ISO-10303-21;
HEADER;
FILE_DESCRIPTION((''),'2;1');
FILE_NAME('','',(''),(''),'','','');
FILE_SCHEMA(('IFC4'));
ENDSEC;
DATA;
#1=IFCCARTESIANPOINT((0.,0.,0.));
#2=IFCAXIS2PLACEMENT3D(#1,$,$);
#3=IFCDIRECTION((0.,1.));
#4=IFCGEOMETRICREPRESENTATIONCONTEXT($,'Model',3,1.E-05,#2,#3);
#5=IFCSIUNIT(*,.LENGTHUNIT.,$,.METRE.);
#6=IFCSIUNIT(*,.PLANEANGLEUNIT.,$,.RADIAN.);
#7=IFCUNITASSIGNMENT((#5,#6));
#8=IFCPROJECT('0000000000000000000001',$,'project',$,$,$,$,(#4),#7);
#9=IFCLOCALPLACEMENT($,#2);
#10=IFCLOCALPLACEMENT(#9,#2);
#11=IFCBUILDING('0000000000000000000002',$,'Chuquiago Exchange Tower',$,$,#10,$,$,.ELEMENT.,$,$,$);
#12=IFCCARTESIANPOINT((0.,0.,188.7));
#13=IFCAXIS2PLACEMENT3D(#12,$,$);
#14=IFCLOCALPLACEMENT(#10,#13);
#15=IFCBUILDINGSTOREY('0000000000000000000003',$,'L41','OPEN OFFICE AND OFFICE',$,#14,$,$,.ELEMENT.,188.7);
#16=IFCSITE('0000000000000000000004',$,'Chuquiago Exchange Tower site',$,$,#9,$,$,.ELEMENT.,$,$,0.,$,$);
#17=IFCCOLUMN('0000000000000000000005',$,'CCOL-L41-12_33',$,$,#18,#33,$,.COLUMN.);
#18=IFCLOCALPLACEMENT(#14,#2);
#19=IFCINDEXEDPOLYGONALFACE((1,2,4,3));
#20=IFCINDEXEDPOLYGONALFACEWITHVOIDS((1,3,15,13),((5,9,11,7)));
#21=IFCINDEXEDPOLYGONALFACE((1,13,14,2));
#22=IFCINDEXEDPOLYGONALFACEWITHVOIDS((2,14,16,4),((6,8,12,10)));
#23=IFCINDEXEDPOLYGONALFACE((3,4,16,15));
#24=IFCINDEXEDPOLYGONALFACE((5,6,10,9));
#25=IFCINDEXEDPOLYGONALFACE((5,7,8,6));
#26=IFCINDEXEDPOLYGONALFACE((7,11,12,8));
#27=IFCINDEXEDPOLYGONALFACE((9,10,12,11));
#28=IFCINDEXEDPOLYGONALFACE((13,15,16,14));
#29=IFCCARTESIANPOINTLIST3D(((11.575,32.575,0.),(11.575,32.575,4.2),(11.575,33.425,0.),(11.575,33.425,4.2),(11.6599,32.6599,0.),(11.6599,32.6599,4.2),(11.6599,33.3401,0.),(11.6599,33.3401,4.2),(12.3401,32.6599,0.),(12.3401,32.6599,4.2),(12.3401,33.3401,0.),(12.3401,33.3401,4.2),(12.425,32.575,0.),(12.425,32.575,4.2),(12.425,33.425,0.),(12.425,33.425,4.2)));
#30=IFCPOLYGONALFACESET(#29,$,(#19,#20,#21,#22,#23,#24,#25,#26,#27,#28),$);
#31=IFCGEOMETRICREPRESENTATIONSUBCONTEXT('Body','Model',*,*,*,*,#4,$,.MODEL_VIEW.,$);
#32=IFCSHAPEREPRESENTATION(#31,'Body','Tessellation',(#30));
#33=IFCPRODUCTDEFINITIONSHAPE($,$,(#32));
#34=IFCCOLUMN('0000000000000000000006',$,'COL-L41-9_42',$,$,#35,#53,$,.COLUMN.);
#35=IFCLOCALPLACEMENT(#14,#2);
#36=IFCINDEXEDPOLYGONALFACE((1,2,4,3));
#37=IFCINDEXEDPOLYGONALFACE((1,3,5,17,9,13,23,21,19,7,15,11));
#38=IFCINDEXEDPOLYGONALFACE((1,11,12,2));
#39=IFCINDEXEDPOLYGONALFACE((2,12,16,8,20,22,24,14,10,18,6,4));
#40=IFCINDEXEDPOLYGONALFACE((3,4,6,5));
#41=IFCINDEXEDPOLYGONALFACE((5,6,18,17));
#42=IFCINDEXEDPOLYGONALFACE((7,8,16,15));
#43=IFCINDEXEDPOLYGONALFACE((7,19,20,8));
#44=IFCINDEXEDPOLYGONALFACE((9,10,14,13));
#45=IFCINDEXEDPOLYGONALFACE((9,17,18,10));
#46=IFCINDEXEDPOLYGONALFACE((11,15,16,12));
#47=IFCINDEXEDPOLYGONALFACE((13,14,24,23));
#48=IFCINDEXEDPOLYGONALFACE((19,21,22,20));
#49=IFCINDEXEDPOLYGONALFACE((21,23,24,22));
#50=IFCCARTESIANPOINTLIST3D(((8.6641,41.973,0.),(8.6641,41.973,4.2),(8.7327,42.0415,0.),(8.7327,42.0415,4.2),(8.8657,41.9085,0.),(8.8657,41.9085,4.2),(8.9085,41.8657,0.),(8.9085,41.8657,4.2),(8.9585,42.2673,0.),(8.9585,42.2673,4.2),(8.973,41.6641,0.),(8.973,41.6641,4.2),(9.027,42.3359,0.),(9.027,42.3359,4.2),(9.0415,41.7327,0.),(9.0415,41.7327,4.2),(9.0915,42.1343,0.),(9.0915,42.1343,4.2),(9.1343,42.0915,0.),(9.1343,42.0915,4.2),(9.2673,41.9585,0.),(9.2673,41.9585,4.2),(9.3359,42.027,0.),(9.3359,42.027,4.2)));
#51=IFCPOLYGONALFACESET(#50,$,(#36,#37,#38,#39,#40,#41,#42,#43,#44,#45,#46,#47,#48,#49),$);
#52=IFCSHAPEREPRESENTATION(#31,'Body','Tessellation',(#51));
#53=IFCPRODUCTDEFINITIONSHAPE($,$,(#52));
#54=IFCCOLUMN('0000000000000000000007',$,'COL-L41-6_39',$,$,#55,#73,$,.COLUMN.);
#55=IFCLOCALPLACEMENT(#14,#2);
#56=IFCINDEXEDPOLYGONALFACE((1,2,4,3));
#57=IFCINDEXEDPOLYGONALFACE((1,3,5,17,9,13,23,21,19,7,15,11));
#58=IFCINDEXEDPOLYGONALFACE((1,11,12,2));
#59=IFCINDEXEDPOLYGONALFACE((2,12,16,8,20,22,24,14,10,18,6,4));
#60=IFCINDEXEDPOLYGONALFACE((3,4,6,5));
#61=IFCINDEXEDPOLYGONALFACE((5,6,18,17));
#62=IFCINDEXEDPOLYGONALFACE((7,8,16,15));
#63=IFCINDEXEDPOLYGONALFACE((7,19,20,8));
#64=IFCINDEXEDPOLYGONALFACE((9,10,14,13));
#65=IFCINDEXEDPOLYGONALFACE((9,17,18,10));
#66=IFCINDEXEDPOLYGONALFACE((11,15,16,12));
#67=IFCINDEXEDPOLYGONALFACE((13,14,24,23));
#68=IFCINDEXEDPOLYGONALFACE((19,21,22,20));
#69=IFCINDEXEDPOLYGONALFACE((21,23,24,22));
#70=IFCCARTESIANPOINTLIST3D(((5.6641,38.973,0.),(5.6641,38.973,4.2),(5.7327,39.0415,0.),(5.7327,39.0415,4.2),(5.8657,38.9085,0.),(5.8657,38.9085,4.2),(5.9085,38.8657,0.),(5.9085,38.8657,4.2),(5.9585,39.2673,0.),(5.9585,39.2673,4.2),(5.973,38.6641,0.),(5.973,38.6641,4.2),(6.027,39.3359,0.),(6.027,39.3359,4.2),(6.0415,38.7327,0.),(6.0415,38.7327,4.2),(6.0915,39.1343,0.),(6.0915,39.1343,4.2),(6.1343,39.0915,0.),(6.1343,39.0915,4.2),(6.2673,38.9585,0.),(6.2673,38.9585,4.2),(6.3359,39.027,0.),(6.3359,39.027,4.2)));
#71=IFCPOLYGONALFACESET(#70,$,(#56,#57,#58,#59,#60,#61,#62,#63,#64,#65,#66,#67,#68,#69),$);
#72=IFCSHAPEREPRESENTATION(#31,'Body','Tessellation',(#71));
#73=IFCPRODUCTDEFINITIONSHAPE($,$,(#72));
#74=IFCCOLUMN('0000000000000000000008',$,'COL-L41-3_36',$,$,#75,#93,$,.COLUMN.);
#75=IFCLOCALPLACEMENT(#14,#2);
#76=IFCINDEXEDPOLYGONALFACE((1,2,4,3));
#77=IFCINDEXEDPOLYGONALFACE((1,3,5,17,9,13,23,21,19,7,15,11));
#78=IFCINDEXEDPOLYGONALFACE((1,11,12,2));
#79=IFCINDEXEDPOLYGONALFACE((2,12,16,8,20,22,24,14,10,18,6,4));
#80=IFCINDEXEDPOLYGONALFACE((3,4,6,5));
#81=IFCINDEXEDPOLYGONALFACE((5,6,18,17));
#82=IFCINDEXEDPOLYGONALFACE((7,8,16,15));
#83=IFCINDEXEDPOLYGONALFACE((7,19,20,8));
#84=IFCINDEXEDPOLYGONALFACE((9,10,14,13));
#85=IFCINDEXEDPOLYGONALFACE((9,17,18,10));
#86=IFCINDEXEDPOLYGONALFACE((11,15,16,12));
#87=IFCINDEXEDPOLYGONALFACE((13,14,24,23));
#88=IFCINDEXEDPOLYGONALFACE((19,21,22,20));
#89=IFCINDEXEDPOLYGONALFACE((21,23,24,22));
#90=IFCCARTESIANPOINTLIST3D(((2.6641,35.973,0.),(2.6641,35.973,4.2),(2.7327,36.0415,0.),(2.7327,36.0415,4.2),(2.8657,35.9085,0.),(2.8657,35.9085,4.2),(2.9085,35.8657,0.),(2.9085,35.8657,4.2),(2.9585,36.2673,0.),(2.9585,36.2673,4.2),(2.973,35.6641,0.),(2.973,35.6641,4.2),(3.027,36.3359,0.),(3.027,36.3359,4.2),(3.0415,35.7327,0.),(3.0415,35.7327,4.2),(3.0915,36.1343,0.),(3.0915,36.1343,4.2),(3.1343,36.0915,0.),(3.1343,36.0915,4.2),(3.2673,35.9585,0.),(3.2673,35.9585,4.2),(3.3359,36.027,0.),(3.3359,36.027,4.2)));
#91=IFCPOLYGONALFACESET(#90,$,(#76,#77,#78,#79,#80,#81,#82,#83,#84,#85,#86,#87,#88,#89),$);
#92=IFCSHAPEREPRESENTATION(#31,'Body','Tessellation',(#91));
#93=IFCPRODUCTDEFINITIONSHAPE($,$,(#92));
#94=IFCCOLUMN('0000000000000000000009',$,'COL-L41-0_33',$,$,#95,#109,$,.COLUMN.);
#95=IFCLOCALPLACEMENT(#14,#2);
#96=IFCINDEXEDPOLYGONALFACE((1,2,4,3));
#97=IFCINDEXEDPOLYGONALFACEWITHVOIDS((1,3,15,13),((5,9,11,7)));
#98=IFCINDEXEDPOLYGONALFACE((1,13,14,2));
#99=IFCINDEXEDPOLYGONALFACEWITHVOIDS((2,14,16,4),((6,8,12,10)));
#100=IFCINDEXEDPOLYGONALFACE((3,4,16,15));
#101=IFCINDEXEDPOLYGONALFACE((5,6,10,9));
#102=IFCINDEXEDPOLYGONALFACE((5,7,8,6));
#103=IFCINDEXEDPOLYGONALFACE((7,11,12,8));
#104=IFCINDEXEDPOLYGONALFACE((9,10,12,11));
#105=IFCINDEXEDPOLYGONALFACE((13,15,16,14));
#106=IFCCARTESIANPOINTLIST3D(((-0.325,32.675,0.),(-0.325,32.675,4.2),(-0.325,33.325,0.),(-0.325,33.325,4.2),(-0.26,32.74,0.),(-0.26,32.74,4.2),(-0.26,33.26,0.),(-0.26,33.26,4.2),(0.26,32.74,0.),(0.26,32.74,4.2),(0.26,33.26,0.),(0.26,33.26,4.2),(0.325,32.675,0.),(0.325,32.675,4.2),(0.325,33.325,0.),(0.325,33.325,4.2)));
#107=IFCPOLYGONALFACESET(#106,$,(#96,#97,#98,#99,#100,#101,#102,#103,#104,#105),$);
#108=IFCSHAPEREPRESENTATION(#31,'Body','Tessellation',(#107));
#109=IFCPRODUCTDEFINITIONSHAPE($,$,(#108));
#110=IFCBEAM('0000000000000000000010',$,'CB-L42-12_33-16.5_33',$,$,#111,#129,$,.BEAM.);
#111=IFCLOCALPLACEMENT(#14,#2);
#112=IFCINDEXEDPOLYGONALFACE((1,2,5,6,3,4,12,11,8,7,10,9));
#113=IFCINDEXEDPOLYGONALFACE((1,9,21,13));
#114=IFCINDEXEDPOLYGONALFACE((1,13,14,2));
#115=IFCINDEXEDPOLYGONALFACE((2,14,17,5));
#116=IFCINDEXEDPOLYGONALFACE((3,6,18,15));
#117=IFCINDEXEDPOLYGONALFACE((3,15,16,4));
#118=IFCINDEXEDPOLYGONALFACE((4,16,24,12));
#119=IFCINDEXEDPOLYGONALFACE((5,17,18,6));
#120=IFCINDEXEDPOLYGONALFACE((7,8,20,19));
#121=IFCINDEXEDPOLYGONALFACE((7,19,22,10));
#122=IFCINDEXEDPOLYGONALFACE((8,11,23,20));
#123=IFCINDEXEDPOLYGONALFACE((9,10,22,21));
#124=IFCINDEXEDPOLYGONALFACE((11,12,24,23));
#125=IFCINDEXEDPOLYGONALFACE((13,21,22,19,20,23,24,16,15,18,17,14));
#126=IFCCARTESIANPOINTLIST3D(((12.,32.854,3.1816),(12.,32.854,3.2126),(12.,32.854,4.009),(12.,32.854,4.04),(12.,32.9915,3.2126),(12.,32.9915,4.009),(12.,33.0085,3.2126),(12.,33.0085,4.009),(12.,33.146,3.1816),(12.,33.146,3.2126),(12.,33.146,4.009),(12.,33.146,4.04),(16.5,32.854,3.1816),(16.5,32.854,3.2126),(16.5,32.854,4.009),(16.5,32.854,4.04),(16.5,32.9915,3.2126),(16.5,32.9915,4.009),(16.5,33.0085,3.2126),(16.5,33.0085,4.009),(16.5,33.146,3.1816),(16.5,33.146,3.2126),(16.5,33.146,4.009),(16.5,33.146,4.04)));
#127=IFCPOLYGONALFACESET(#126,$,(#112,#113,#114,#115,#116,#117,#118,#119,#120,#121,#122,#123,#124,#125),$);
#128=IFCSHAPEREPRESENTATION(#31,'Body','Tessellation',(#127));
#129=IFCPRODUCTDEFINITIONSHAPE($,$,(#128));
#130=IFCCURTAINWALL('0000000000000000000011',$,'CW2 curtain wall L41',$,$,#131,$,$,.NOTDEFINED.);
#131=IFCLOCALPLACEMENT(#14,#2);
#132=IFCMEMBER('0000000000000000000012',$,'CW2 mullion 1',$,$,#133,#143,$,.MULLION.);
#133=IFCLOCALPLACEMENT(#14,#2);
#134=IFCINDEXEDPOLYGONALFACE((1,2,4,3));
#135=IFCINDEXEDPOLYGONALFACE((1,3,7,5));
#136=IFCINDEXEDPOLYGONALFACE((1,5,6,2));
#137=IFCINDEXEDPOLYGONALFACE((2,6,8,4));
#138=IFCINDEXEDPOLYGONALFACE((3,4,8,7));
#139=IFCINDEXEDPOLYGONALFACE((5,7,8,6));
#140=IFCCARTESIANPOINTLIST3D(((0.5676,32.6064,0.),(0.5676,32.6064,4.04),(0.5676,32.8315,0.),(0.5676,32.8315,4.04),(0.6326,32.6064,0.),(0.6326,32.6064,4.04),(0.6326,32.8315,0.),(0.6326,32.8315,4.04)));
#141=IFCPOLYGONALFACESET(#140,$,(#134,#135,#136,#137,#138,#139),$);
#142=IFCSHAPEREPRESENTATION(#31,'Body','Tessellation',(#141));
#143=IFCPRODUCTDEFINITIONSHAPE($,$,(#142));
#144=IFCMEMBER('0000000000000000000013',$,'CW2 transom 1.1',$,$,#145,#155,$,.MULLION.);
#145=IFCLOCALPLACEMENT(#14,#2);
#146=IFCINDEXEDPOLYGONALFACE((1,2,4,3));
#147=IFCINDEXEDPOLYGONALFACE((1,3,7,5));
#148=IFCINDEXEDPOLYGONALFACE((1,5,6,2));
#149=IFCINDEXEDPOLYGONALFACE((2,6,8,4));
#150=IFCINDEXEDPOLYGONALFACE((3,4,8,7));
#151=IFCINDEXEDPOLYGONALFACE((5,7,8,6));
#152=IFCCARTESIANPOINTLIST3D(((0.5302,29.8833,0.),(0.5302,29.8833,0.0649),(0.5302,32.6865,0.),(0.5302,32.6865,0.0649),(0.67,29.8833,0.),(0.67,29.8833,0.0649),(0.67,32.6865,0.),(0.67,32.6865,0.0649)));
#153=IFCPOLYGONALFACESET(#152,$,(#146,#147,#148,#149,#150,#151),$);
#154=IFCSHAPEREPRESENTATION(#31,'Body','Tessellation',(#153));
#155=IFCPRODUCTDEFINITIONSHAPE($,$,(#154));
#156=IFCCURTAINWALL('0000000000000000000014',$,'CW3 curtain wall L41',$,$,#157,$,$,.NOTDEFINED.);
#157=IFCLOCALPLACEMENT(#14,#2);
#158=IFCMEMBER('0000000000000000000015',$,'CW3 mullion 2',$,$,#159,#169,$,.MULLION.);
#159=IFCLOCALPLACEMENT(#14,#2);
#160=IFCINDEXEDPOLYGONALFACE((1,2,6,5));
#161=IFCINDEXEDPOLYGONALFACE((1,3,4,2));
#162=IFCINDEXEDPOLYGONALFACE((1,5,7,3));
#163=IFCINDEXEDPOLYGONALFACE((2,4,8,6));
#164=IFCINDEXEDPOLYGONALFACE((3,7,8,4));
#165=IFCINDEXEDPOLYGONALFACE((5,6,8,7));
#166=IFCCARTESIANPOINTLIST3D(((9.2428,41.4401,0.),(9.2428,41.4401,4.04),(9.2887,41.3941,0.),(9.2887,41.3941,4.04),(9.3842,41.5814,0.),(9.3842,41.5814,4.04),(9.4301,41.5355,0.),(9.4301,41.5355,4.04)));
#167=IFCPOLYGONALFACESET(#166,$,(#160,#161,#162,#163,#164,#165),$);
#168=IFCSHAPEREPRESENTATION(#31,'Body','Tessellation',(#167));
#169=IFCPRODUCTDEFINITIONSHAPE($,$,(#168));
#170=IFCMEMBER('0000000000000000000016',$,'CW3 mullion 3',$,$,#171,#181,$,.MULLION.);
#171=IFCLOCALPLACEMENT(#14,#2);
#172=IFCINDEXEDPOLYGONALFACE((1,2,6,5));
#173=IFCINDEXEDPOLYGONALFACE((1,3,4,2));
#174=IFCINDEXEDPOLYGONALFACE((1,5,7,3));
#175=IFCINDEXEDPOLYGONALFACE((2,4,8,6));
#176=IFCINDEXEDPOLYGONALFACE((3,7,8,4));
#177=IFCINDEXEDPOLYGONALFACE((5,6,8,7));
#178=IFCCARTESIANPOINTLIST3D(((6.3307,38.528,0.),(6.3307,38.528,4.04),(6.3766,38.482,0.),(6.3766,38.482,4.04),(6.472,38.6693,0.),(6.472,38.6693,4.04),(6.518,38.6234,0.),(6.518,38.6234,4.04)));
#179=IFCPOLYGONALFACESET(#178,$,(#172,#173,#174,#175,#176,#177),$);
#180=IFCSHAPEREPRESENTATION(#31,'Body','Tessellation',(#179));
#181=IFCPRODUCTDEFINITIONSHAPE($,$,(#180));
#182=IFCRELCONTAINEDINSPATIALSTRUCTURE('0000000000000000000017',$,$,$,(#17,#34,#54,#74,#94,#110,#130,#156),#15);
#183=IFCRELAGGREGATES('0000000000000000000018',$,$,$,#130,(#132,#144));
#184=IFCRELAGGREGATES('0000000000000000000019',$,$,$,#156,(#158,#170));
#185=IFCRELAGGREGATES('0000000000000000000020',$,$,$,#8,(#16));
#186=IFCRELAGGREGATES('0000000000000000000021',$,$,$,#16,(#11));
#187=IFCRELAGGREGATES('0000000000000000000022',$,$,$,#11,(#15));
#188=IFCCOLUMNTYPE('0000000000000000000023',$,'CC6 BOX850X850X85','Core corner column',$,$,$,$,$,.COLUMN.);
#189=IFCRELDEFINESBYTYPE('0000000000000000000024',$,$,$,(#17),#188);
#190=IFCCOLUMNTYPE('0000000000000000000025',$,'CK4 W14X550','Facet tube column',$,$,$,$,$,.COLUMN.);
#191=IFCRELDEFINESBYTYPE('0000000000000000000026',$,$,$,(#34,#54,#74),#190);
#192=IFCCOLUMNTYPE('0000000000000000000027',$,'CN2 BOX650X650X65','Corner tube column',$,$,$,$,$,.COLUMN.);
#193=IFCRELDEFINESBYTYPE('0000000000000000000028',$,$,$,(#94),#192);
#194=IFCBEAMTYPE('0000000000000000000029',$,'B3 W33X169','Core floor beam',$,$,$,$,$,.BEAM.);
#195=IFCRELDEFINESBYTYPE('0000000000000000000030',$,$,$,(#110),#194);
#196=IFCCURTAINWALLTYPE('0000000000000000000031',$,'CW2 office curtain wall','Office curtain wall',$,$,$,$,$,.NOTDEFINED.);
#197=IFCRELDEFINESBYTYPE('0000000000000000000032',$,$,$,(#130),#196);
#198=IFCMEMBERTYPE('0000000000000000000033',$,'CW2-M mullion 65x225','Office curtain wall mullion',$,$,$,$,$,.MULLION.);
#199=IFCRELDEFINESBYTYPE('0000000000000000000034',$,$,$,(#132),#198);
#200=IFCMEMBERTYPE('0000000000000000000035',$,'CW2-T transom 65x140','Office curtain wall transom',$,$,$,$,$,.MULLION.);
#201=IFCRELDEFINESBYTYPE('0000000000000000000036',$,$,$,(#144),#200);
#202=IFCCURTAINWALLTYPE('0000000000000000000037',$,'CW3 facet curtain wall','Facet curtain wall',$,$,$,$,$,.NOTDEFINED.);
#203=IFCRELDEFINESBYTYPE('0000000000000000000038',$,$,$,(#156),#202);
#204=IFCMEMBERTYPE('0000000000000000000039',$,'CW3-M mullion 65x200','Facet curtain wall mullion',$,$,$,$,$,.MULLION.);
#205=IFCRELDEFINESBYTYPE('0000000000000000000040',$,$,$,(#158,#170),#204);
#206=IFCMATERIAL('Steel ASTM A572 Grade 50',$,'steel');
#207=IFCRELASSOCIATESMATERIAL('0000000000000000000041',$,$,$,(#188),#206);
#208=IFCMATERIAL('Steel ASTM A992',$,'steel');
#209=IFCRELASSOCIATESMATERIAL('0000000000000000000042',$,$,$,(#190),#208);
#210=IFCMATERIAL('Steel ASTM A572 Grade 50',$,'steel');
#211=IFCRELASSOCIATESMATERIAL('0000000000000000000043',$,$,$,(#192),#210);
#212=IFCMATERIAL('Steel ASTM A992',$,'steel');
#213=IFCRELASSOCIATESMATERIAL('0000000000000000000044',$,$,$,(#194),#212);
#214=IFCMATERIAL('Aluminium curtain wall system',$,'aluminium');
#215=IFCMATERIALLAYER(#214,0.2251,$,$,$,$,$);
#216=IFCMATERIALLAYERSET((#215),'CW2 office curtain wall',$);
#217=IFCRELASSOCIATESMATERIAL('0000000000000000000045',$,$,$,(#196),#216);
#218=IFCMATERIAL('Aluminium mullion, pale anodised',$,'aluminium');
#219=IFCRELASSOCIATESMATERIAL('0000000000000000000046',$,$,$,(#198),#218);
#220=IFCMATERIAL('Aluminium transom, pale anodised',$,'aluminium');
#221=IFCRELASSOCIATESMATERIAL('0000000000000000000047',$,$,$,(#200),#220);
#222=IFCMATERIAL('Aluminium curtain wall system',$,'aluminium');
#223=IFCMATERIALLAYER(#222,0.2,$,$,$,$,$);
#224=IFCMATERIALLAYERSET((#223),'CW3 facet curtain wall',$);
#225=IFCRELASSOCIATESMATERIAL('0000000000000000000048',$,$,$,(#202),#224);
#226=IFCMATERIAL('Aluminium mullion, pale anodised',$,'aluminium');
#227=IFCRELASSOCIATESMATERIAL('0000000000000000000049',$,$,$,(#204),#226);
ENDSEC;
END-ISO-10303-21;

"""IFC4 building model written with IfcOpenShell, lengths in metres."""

from ifc_helpers import new_model, si_unit, direction, frame, origin, origin_2d, place, context, subcontext, project, spatial, rectangle, hollow_rectangle, i_section, extrude, material, layer, layer_set, material_profile, profile_set, type_object, element, aggregate, save


model = new_model("IFC4")

# Units and contexts
model_context = context("Model", 3, precision=1e-05, world=origin(), true_north=direction((0.0, 1.0)))
body_context = subcontext(model_context, "Body", "Model", "MODEL_VIEW")
ifc_project = project(units=[si_unit("LENGTHUNIT", "METRE"), si_unit("PLANEANGLEUNIT", "RADIAN")], contexts=[model_context])

# Site, building, storey
site_placement = place(None, origin())
site = spatial("IfcSite", under=ifc_project, at=site_placement, Name="Chuquiago Exchange Tower site", CompositionType="ELEMENT", RefElevation=0.0)
building_placement = place(site_placement, origin())
building = spatial("IfcBuilding", under=site, at=building_placement, Name="Chuquiago Exchange Tower", CompositionType="ELEMENT")
storey_placement = place(building_placement, frame((0.0, 0.0, 188.7)))
storey = spatial("IfcBuildingStorey", under=building, at=storey_placement, Name="L41", Description="OPEN OFFICE AND OFFICE", CompositionType="ELEMENT", Elevation=188.7)

# Columns
ifc_material_1 = material(Name="Steel ASTM A572 Grade 50", Category="steel")
ifc_material_profile_1 = material_profile(ifc_material_1, hollow_rectangle(XDim=0.8501, YDim=0.8501, WallThickness=0.085, at=origin_2d()), Name="BOX850X850X85")
ifc_profile_set_1 = profile_set([ifc_material_profile_1], Name="Steel ASTM A572 Grade 50")
column_type_1 = type_object("IfcColumnType", Name="CC6 BOX850X850X85", Description="Core corner column", PredefinedType="COLUMN", material=ifc_profile_set_1)
column_1_placement = place(storey_placement, frame((12.0, 33.0, 0.0), z_axis=(0.0, 0.0, 1.0), x_axis=(1.0, 0.0, 0.0)))
element("IfcColumn", 1, at=column_1_placement, inside=storey, type_object=column_type_1, Name="CCOL-L41-12_33", PredefinedType="COLUMN", context=body_context, shape_type="SweptSolid", body=[
    extrude(hollow_rectangle(XDim=0.8501, YDim=0.8501, WallThickness=0.085, at=origin_2d()), origin(), (0.0, 0.0, 1.0), 4.2),
])
ifc_material_2 = material(Name="Steel ASTM A992", Category="steel")
ifc_material_profile_2 = material_profile(ifc_material_2, i_section(OverallWidth=0.4368, OverallDepth=0.5132, WebThickness=0.0605, FlangeThickness=0.0969, at=origin_2d()), Name="W14X550")
ifc_profile_set_2 = profile_set([ifc_material_profile_2], Name="Steel ASTM A992")
column_type_2 = type_object("IfcColumnType", Name="CK4 W14X550", Description="Facet tube column", PredefinedType="COLUMN", material=ifc_profile_set_2)
for number, where, z_axis, x_axis, name in (
    (2, (9.0, 42.0, 0.0), (0.0, 0.0, 1.0), (-0.707107, 0.707107, 0.0), "COL-L41-9_42"),
    (3, (6.0, 39.0, 0.0), (0.0, 0.0, 1.0), (-0.707107, 0.707107, 0.0), "COL-L41-6_39"),
    (4, (3.0, 36.0, 0.0), (0.0, 0.0, 1.0), (-0.707107, 0.707107, 0.0), "COL-L41-3_36"),
):
    element("IfcColumn", number, at=place(storey_placement, frame(where, z_axis=z_axis, x_axis=x_axis)), inside=storey, type_object=column_type_2, Name=name, PredefinedType="COLUMN", context=body_context, shape_type="SweptSolid", body=[
        extrude(i_section(OverallWidth=0.4368, OverallDepth=0.5132, WebThickness=0.0605, FlangeThickness=0.0969, at=origin_2d()), origin(), (0.0, 0.0, 1.0), 4.2),
    ])
ifc_material_3 = material(Name="Steel ASTM A572 Grade 50", Category="steel")
ifc_material_profile_3 = material_profile(ifc_material_3, hollow_rectangle(XDim=0.6499, YDim=0.6499, WallThickness=0.0649, at=origin_2d()), Name="BOX650X650X65")
ifc_profile_set_3 = profile_set([ifc_material_profile_3], Name="Steel ASTM A572 Grade 50")
column_type_3 = type_object("IfcColumnType", Name="CN2 BOX650X650X65", Description="Corner tube column", PredefinedType="COLUMN", material=ifc_profile_set_3)
column_2_placement = place(storey_placement, frame((0.0, 33.0, 0.0), z_axis=(0.0, 0.0, 1.0), x_axis=(-1.0, 0.0, 0.0)))
element("IfcColumn", 5, at=column_2_placement, inside=storey, type_object=column_type_3, Name="COL-L41-0_33", PredefinedType="COLUMN", context=body_context, shape_type="SweptSolid", body=[
    extrude(hollow_rectangle(XDim=0.6499, YDim=0.6499, WallThickness=0.0649, at=origin_2d()), origin(), (0.0, 0.0, 1.0), 4.2),
])

# Beam
ifc_material_4 = material(Name="Steel ASTM A992", Category="steel")
ifc_material_profile_4 = material_profile(ifc_material_4, i_section(OverallWidth=0.292, OverallDepth=0.8584, WebThickness=0.0171, FlangeThickness=0.031, at=origin_2d()), Name="W33X169")
ifc_profile_set_4 = profile_set([ifc_material_profile_4], Name="Steel ASTM A992")
beam_type_1 = type_object("IfcBeamType", Name="B3 W33X169", Description="Core floor beam", PredefinedType="BEAM", material=ifc_profile_set_4)
beam_1_placement = place(storey_placement, frame((12.0, 33.0, 3.6108), z_axis=(1.0, 0.0, 0.0), x_axis=(0.0, 1.0, 0.0)))
element("IfcBeam", 6, at=beam_1_placement, inside=storey, type_object=beam_type_1, Name="CB-L42-12_33-16.5_33", PredefinedType="BEAM", context=body_context, shape_type="SweptSolid", body=[
    extrude(i_section(OverallWidth=0.292, OverallDepth=0.8584, WebThickness=0.0171, FlangeThickness=0.031, at=origin_2d()), origin(), (0.0, 0.0, 1.0), 4.5),
])

# Curtain walls, members
ifc_material_5 = material(Name="Aluminium curtain wall system", Category="aluminium")
ifc_layer_1 = layer(ifc_material_5, 0.2251)
ifc_layer_set_1 = layer_set([ifc_layer_1], Name="CW2 office curtain wall")
curtain_wall_type_1 = type_object("IfcCurtainWallType", Name="CW2 office curtain wall", Description="Office curtain wall", PredefinedType="NOTDEFINED", material=ifc_layer_set_1)
curtain_wall_1_placement = place(storey_placement, origin())
curtain_wall_1 = element("IfcCurtainWall", 7, at=curtain_wall_1_placement, inside=storey, type_object=curtain_wall_type_1, Name="CW2 curtain wall L41", PredefinedType="NOTDEFINED")
ifc_material_6 = material(Name="Aluminium mullion, pale anodised", Category="aluminium")
ifc_material_profile_5 = material_profile(ifc_material_6, rectangle(XDim=0.0649, YDim=0.2251, at=origin_2d()), Name="AL 65x225")
ifc_profile_set_5 = profile_set([ifc_material_profile_5], Name="Aluminium mullion, pale anodised")
member_type_1 = type_object("IfcMemberType", Name="CW2-M mullion 65x225", Description="Office curtain wall mullion", PredefinedType="MULLION", material=ifc_profile_set_5)
member_1_placement = place(storey_placement, frame((0.6001, 32.719, 0.0), z_axis=(0.0, 0.0, 1.0), x_axis=(1.0, 0.0, 0.0)))
member_1 = element("IfcMember", 8, at=member_1_placement, type_object=member_type_1, Name="CW2 mullion 1", PredefinedType="MULLION", context=body_context, shape_type="SweptSolid", body=[
    extrude(rectangle(XDim=0.0649, YDim=0.2251, at=origin_2d()), origin(), (0.0, 0.0, 1.0), 4.04),
])
ifc_material_7 = material(Name="Aluminium transom, pale anodised", Category="aluminium")
ifc_material_profile_6 = material_profile(ifc_material_7, rectangle(XDim=0.1399, YDim=0.0649, at=origin_2d()), Name="AL 140x65")
ifc_profile_set_6 = profile_set([ifc_material_profile_6], Name="Aluminium transom, pale anodised")
member_type_2 = type_object("IfcMemberType", Name="CW2-T transom 65x140", Description="Office curtain wall transom", PredefinedType="MULLION", material=ifc_profile_set_6)
member_2_placement = place(storey_placement, frame((0.6001, 32.6865, 0.0325), z_axis=(0.0, -1.0, 0.0), x_axis=(1.0, 0.0, 0.0)))
member_2 = element("IfcMember", 9, at=member_2_placement, type_object=member_type_2, Name="CW2 transom 1.1", PredefinedType="MULLION", context=body_context, shape_type="SweptSolid", body=[
    extrude(rectangle(XDim=0.1399, YDim=0.0649, at=origin_2d()), origin(), (0.0, 0.0, 1.0), 2.8032),
])
ifc_material_8 = material(Name="Aluminium curtain wall system", Category="aluminium")
ifc_layer_2 = layer(ifc_material_8, 0.2)
ifc_layer_set_2 = layer_set([ifc_layer_2], Name="CW3 facet curtain wall")
curtain_wall_type_2 = type_object("IfcCurtainWallType", Name="CW3 facet curtain wall", Description="Facet curtain wall", PredefinedType="NOTDEFINED", material=ifc_layer_set_2)
curtain_wall_2_placement = place(storey_placement, origin())
curtain_wall_2 = element("IfcCurtainWall", 10, at=curtain_wall_2_placement, inside=storey, type_object=curtain_wall_type_2, Name="CW3 curtain wall L41", PredefinedType="NOTDEFINED")
ifc_material_9 = material(Name="Aluminium mullion, pale anodised", Category="aluminium")
ifc_material_profile_7 = material_profile(ifc_material_9, rectangle(XDim=0.0649, YDim=0.2, at=origin_2d()), Name="AL 65x200")
ifc_profile_set_7 = profile_set([ifc_material_profile_7], Name="Aluminium mullion, pale anodised")
member_type_3 = type_object("IfcMemberType", Name="CW3-M mullion 65x200", Description="Facet curtain wall mullion", PredefinedType="MULLION", material=ifc_profile_set_7)
member_3_placement = place(storey_placement, frame((9.3364, 41.4878, 0.0), z_axis=(0.0, 0.0, 1.0), x_axis=(0.707107, -0.707107, 0.0)))
member_3 = element("IfcMember", 11, at=member_3_placement, type_object=member_type_3, Name="CW3 mullion 2", PredefinedType="MULLION", context=body_context, shape_type="SweptSolid", body=[
    extrude(rectangle(XDim=0.0649, YDim=0.2, at=origin_2d()), origin(), (0.0, 0.0, 1.0), 4.04),
])
member_4_placement = place(storey_placement, frame((6.4243, 38.5757, 0.0), z_axis=(0.0, 0.0, 1.0), x_axis=(0.707107, -0.707107, 0.0)))
member_4 = element("IfcMember", 12, at=member_4_placement, type_object=member_type_3, Name="CW3 mullion 3", PredefinedType="MULLION", context=body_context, shape_type="SweptSolid", body=[
    extrude(rectangle(XDim=0.0649, YDim=0.2, at=origin_2d()), origin(), (0.0, 0.0, 1.0), 4.04),
])

aggregate(curtain_wall_1, [member_1, member_2])
aggregate(curtain_wall_2, [member_3, member_4])

save(model, "model.ifc")
